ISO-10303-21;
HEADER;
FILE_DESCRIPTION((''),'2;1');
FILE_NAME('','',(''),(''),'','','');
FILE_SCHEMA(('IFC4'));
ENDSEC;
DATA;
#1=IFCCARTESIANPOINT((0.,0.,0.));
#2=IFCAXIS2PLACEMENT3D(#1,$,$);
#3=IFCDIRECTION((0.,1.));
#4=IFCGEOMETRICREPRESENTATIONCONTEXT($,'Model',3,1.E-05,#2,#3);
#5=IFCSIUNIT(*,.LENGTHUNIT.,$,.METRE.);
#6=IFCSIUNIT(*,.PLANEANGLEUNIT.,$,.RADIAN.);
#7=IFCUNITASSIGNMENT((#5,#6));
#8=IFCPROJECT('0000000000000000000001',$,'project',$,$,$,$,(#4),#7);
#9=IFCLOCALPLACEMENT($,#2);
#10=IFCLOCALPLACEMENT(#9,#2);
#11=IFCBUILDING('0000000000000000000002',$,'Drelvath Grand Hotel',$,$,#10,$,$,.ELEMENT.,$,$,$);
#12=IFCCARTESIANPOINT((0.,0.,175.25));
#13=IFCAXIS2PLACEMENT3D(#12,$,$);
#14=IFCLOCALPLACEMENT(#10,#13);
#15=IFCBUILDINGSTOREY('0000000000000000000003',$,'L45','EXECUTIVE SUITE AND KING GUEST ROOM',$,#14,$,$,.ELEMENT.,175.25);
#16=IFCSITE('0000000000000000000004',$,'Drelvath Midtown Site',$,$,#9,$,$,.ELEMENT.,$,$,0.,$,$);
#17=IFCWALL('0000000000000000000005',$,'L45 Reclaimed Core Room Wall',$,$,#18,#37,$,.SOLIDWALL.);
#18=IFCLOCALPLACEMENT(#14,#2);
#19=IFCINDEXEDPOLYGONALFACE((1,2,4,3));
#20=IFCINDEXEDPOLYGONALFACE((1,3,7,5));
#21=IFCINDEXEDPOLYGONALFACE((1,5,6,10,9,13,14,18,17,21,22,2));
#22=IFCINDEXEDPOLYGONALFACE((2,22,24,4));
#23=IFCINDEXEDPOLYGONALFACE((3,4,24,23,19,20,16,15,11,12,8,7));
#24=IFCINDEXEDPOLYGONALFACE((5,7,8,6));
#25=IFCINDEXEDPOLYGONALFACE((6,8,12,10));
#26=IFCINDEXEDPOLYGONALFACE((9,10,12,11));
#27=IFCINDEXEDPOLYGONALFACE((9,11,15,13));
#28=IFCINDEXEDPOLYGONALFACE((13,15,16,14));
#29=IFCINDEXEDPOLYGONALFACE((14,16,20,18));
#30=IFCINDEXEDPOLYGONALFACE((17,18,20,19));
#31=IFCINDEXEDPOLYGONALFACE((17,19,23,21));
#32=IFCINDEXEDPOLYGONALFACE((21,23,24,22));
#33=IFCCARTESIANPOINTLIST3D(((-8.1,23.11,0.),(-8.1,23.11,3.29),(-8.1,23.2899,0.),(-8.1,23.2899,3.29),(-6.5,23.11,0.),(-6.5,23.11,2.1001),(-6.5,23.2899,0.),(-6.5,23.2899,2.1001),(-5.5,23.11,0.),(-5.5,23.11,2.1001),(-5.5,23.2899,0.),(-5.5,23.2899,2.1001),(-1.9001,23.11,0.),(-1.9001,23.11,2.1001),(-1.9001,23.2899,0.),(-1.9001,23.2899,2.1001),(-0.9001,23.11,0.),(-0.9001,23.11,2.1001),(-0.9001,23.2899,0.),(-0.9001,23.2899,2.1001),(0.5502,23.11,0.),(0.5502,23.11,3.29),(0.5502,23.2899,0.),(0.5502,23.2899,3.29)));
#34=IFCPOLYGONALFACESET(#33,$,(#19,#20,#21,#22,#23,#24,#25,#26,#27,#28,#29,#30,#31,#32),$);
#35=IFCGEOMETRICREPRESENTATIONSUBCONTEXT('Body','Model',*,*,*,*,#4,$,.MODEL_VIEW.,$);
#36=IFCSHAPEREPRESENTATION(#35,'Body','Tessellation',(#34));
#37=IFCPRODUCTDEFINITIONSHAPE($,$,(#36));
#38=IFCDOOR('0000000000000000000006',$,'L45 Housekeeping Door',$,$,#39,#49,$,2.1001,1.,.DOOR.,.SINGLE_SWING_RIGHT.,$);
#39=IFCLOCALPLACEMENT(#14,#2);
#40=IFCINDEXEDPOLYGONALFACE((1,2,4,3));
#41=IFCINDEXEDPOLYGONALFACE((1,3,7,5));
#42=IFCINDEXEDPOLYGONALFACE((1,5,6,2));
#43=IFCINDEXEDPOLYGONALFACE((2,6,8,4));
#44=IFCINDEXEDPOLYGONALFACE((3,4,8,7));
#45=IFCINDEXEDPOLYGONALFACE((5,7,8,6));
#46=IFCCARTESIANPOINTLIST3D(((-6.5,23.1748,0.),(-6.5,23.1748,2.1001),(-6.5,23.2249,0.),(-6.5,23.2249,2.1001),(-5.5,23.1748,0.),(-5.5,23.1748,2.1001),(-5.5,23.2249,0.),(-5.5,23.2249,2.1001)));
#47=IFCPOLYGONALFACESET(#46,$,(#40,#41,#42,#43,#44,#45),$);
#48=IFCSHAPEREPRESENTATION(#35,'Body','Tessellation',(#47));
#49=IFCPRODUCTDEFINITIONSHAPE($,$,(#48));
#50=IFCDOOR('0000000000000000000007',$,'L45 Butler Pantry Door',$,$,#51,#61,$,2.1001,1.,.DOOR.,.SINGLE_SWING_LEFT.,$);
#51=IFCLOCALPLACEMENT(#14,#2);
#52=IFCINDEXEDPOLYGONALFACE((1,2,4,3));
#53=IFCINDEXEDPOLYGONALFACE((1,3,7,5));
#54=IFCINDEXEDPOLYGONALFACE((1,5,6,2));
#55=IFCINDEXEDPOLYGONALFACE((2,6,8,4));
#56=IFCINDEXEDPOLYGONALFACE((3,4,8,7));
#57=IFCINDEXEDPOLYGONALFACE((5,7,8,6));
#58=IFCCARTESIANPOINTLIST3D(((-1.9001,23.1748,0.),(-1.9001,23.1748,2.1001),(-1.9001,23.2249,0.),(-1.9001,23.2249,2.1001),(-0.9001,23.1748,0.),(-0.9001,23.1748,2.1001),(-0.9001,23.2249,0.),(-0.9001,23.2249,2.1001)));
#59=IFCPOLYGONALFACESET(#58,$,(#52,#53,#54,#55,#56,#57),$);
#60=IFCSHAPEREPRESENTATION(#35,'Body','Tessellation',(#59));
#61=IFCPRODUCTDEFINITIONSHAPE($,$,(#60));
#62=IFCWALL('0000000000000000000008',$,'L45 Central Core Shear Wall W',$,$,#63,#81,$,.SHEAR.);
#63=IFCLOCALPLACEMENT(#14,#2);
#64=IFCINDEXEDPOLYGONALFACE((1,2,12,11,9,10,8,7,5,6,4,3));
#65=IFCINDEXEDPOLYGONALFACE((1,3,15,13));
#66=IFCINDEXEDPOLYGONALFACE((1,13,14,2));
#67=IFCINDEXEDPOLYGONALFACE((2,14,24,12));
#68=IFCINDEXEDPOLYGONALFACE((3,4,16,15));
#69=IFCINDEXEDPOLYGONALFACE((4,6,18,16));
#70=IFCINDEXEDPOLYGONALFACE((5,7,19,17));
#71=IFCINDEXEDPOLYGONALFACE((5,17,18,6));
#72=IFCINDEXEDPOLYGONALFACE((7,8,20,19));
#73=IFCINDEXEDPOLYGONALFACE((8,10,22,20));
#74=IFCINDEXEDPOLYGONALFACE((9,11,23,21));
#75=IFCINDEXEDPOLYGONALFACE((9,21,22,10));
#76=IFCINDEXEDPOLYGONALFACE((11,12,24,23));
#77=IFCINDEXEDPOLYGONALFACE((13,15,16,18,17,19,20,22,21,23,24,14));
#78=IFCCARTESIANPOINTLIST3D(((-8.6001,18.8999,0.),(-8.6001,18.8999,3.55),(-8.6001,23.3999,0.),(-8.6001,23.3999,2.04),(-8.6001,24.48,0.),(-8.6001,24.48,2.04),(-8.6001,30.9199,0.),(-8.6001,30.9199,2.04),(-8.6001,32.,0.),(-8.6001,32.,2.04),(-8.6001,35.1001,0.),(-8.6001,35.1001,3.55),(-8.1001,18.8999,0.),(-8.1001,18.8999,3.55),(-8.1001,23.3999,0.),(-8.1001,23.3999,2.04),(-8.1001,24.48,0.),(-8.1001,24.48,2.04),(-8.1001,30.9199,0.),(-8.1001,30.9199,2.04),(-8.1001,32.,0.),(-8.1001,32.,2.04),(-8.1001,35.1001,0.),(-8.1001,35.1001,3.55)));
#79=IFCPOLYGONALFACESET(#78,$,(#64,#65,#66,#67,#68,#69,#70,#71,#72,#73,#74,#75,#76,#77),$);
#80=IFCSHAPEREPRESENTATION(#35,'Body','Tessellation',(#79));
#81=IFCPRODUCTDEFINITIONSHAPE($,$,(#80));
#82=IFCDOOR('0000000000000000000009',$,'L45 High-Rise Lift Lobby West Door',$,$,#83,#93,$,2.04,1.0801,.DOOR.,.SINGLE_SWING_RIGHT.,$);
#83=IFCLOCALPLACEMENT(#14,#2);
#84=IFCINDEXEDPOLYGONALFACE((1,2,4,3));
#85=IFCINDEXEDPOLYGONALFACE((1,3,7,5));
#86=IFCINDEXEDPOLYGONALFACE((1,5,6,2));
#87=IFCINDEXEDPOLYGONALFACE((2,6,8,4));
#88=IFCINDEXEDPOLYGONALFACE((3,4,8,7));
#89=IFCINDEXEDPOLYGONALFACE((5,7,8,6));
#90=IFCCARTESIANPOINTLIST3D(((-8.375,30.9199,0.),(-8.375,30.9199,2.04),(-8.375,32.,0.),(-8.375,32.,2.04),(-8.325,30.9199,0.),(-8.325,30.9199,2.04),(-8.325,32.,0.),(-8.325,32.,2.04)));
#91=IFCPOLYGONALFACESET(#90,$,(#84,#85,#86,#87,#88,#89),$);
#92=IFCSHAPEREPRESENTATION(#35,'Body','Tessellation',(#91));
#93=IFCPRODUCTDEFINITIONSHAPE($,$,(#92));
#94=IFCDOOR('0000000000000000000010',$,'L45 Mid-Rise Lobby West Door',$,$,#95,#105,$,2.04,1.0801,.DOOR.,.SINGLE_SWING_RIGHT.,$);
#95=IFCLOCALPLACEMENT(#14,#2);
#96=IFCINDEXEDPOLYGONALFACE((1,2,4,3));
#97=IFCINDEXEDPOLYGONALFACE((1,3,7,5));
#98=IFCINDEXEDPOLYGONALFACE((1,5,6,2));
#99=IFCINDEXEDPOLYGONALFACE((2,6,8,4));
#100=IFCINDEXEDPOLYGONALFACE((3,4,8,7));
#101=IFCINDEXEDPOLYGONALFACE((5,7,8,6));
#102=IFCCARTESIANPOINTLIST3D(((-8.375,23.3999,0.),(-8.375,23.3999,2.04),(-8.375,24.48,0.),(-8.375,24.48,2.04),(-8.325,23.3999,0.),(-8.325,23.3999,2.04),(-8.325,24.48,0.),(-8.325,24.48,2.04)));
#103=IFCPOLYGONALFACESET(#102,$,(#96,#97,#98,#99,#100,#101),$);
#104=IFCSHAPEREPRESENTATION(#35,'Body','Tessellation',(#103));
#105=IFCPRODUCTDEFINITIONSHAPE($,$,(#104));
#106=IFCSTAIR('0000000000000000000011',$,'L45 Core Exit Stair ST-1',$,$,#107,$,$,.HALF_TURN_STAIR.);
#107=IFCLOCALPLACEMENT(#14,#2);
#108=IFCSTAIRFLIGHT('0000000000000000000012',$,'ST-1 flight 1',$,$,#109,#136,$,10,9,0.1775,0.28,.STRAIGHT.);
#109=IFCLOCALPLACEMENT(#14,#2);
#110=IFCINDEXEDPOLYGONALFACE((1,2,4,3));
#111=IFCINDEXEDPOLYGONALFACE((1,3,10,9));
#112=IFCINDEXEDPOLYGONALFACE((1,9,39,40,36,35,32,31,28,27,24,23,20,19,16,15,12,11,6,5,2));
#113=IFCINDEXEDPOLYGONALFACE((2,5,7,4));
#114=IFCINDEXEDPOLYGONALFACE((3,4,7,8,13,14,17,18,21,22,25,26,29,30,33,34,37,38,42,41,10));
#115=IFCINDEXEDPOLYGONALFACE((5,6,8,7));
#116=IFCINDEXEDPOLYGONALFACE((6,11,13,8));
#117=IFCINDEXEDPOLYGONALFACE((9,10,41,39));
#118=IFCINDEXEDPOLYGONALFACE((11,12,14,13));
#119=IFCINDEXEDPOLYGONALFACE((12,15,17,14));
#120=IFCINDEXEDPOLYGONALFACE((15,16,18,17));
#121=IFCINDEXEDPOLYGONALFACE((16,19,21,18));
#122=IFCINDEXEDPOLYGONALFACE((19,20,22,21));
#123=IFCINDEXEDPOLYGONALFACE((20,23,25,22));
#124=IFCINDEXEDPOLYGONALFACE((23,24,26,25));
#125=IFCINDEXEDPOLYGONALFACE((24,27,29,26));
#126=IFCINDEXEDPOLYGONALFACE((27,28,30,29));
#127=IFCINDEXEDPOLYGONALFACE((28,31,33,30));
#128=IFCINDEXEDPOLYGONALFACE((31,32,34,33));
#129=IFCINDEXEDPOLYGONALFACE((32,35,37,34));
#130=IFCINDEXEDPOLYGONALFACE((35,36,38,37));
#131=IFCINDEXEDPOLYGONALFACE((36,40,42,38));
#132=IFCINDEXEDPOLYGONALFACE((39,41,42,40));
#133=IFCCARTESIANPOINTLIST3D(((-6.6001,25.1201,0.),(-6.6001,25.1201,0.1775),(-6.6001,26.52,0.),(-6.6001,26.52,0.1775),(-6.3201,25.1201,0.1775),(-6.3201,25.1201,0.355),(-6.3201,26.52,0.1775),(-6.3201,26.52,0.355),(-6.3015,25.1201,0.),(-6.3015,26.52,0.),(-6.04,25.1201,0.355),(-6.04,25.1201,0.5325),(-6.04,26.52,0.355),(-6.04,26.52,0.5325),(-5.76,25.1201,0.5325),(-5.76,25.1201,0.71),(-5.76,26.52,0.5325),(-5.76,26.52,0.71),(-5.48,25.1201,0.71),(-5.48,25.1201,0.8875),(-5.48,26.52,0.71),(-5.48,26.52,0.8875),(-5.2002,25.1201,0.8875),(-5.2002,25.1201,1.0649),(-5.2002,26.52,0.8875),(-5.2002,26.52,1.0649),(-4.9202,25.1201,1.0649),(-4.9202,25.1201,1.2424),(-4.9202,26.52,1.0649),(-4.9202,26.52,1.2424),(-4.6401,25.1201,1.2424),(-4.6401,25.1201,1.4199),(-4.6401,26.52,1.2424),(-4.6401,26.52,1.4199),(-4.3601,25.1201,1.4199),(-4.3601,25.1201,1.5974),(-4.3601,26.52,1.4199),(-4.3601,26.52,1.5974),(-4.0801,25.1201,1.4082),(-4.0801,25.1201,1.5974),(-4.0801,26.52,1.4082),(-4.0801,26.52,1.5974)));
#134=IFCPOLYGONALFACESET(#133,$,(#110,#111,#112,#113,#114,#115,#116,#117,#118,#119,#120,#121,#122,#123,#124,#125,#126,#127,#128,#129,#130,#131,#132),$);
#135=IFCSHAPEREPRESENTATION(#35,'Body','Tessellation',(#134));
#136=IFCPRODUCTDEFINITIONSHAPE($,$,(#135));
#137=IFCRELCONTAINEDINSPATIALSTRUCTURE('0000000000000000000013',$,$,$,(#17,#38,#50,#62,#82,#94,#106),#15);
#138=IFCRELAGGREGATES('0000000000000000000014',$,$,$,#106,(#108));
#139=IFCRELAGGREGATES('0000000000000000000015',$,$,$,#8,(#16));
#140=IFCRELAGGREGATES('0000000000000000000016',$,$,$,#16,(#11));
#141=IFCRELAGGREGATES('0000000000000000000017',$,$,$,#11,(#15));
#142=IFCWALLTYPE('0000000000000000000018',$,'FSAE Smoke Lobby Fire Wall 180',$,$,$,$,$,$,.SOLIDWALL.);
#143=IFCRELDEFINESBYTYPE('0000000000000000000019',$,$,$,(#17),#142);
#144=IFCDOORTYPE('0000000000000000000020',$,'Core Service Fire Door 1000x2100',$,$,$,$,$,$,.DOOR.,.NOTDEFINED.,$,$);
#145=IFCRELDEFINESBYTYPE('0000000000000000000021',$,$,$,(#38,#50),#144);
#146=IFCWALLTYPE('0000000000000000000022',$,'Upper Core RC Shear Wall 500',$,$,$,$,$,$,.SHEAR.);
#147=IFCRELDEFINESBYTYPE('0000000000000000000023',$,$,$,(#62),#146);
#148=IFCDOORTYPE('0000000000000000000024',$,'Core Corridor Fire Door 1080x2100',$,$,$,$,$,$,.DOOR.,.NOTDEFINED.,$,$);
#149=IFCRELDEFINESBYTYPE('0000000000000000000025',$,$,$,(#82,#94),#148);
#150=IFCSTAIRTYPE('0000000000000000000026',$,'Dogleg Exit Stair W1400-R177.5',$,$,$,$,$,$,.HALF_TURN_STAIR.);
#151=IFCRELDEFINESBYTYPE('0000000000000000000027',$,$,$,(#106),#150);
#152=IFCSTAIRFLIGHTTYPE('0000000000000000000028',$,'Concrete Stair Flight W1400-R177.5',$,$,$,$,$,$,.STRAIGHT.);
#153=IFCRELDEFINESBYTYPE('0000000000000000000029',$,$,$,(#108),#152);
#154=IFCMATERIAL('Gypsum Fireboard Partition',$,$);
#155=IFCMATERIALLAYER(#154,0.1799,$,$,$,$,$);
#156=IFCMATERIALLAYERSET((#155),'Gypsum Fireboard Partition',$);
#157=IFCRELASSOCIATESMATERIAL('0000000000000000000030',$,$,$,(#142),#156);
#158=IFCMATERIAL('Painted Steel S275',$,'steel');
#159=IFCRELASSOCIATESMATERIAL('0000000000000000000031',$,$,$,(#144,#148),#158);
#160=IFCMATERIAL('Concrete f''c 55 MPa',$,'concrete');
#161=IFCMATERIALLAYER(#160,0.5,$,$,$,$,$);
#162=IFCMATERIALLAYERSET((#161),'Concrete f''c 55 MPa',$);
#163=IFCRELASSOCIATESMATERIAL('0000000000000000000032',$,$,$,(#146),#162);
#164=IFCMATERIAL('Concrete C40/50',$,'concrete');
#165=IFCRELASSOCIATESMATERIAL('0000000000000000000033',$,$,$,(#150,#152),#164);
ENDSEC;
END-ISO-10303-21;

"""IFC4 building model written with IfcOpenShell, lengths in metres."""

from ifc_helpers import new_model, si_unit, direction, frame, frame_2d, origin, place, context, subcontext, project, spatial, polyline, rectangle, outline, extrude, material, layer, layer_set, type_object, element, fill, aggregate, save


model = new_model("IFC4")

# Units and contexts
model_context = context("Model", 3, precision=1e-05, world=origin(), true_north=direction((0.0, 1.0)))
body_context = subcontext(model_context, "Body", "Model", "MODEL_VIEW")
ifc_project = project(units=[si_unit("LENGTHUNIT", "METRE"), si_unit("PLANEANGLEUNIT", "RADIAN")], contexts=[model_context])

# Site, building, storey
site_placement = place(None, origin())
site = spatial("IfcSite", under=ifc_project, at=site_placement, Name="Drelvath Midtown Site", CompositionType="ELEMENT", RefElevation=0.0)
building_placement = place(site_placement, origin())
building = spatial("IfcBuilding", under=site, at=building_placement, Name="Drelvath Grand Hotel", CompositionType="ELEMENT")
storey_placement = place(building_placement, frame((0.0, 0.0, 175.25)))
storey = spatial("IfcBuildingStorey", under=building, at=storey_placement, Name="L45", Description="EXECUTIVE SUITE AND KING GUEST ROOM", CompositionType="ELEMENT", Elevation=175.25)

# Shared definitions
ifc_material_1 = material(Name="Concrete f'c 55 MPa", Category="concrete")

# Shared definitions
ifc_material_2 = material(Name="Concrete C40/50", Category="concrete")
ifc_material_3 = material(Name="Painted Steel S275", Category="steel")
ifc_material_4 = material(Name="Gypsum Fireboard Partition")

# Walls, openings, doors
ifc_layer_1 = layer(ifc_material_4, 0.1799)
ifc_layer_set_1 = layer_set([ifc_layer_1], Name="Gypsum Fireboard Partition")
wall_type_1 = type_object("IfcWallType", Name="FSAE Smoke Lobby Fire Wall 180", PredefinedType="SOLIDWALL", material=ifc_layer_set_1)
wall_1_placement = place(storey_placement, frame((-8.1001, 23.2, 0.0), z_axis=(0.0, 0.0, 1.0), x_axis=(1.0, 0.0, 0.0)))
wall_1 = element("IfcWall", 1, at=wall_1_placement, inside=storey, type_object=wall_type_1, Name="L45 Reclaimed Core Room Wall", PredefinedType="SOLIDWALL", context=body_context, shape_type="SweptSolid", body=[
    extrude(rectangle(XDim=8.6501, YDim=0.1799, at=frame_2d((4.3252, 0.0))), origin(), (0.0, 0.0, 1.0), 3.29),
])
opening_1_placement = place(wall_1_placement, frame((1.6001, 0.0, 0.0)))
opening_1 = element("IfcOpeningElement", 2, at=opening_1_placement, cuts=wall_1, PredefinedType="OPENING", context=body_context, shape_type="SweptSolid", body=[
    extrude(rectangle(XDim=1.0, YDim=2.1001, at=frame_2d((0.5, 1.05))), frame((0.0, 0.0999, 0.0), z_axis=(0.0, -1.0, 0.0), x_axis=(1.0, 0.0, 0.0)), (0.0, 0.0, 1.0), 0.2),
])
opening_2_placement = place(wall_1_placement, frame((6.2, 0.0, 0.0)))
opening_2 = element("IfcOpeningElement", 3, at=opening_2_placement, cuts=wall_1, PredefinedType="OPENING", context=body_context, shape_type="SweptSolid", body=[
    extrude(rectangle(XDim=1.0, YDim=2.1001, at=frame_2d((0.5, 1.05))), frame((0.0, 0.0999, 0.0), z_axis=(0.0, -1.0, 0.0), x_axis=(1.0, 0.0, 0.0)), (0.0, 0.0, 1.0), 0.2),
])
door_type_1 = type_object("IfcDoorType", Name="Core Service Fire Door 1000x2100", OperationType="NOTDEFINED", PredefinedType="DOOR", material=ifc_material_3)
door_1_placement = place(opening_1_placement, origin())
door_1 = element("IfcDoor", 4, at=door_1_placement, inside=storey, type_object=door_type_1, Name="L45 Housekeeping Door", OperationType="SINGLE_SWING_RIGHT", OverallHeight=2.1001, OverallWidth=1.0, PredefinedType="DOOR", context=body_context, shape_type="SweptSolid", body=[
    extrude(rectangle(XDim=1.0, YDim=2.1001, at=frame_2d((0.5, 1.05))), frame((0.0, 0.0249, 0.0), z_axis=(0.0, -1.0, 0.0), x_axis=(1.0, 0.0, 0.0)), (0.0, 0.0, 1.0), 0.05),
])
fill(opening_1, door_1)
door_2_placement = place(opening_2_placement, origin())
door_2 = element("IfcDoor", 5, at=door_2_placement, inside=storey, type_object=door_type_1, Name="L45 Butler Pantry Door", OperationType="SINGLE_SWING_LEFT", OverallHeight=2.1001, OverallWidth=1.0, PredefinedType="DOOR", context=body_context, shape_type="SweptSolid", body=[
    extrude(rectangle(XDim=1.0, YDim=2.1001, at=frame_2d((0.5, 1.05))), frame((0.0, 0.0249, 0.0), z_axis=(0.0, -1.0, 0.0), x_axis=(1.0, 0.0, 0.0)), (0.0, 0.0, 1.0), 0.05),
])
fill(opening_2, door_2)
ifc_layer_2 = layer(ifc_material_1, 0.5)
ifc_layer_set_2 = layer_set([ifc_layer_2], Name="Concrete f'c 55 MPa")
wall_type_2 = type_object("IfcWallType", Name="Upper Core RC Shear Wall 500", PredefinedType="SHEAR", material=ifc_layer_set_2)
wall_2_placement = place(storey_placement, frame((-8.3501, 18.8999, 0.0), z_axis=(0.0, 0.0, 1.0), x_axis=(0.0, 1.0, 0.0)))
wall_2 = element("IfcWall", 6, at=wall_2_placement, inside=storey, type_object=wall_type_2, Name="L45 Central Core Shear Wall W", PredefinedType="SHEAR", context=body_context, shape_type="SweptSolid", body=[
    extrude(rectangle(XDim=16.2002, YDim=0.5, at=frame_2d((8.1001, 0.0))), origin(), (0.0, 0.0, 1.0), 3.55),
])
opening_3_placement = place(wall_2_placement, frame((12.02, 0.0, 0.0)))
opening_3 = element("IfcOpeningElement", 7, at=opening_3_placement, cuts=wall_2, PredefinedType="OPENING", context=body_context, shape_type="SweptSolid", body=[
    extrude(rectangle(XDim=1.0801, YDim=2.04, at=frame_2d((0.54, 1.02))), frame((0.0, 0.26, 0.0), z_axis=(0.0, -1.0, 0.0), x_axis=(1.0, 0.0, 0.0)), (0.0, 0.0, 1.0), 0.52),
])
opening_4_placement = place(wall_2_placement, frame((4.5, 0.0, 0.0)))
opening_4 = element("IfcOpeningElement", 8, at=opening_4_placement, cuts=wall_2, PredefinedType="OPENING", context=body_context, shape_type="SweptSolid", body=[
    extrude(rectangle(XDim=1.0801, YDim=2.04, at=frame_2d((0.54, 1.02))), frame((0.0, 0.26, 0.0), z_axis=(0.0, -1.0, 0.0), x_axis=(1.0, 0.0, 0.0)), (0.0, 0.0, 1.0), 0.52),
])
door_type_2 = type_object("IfcDoorType", Name="Core Corridor Fire Door 1080x2100", OperationType="NOTDEFINED", PredefinedType="DOOR", material=ifc_material_3)
door_3_placement = place(opening_3_placement, origin())
door_3 = element("IfcDoor", 9, at=door_3_placement, inside=storey, type_object=door_type_2, Name="L45 High-Rise Lift Lobby West Door", OperationType="SINGLE_SWING_RIGHT", OverallHeight=2.04, OverallWidth=1.0801, PredefinedType="DOOR", context=body_context, shape_type="SweptSolid", body=[
    extrude(rectangle(XDim=1.0801, YDim=2.04, at=frame_2d((0.54, 1.02))), frame((0.0, 0.0249, 0.0), z_axis=(0.0, -1.0, 0.0), x_axis=(1.0, 0.0, 0.0)), (0.0, 0.0, 1.0), 0.05),
])
fill(opening_3, door_3)
door_4_placement = place(opening_4_placement, origin())
door_4 = element("IfcDoor", 10, at=door_4_placement, inside=storey, type_object=door_type_2, Name="L45 Mid-Rise Lobby West Door", OperationType="SINGLE_SWING_RIGHT", OverallHeight=2.04, OverallWidth=1.0801, PredefinedType="DOOR", context=body_context, shape_type="SweptSolid", body=[
    extrude(rectangle(XDim=1.0801, YDim=2.04, at=frame_2d((0.54, 1.02))), frame((0.0, 0.0249, 0.0), z_axis=(0.0, -1.0, 0.0), x_axis=(1.0, 0.0, 0.0)), (0.0, 0.0, 1.0), 0.05),
])
fill(opening_4, door_4)

# Stair, stair flight
stair_type = type_object("IfcStairType", Name="Dogleg Exit Stair W1400-R177.5", PredefinedType="HALF_TURN_STAIR", material=ifc_material_2)
stair_placement = place(storey_placement, origin())
stair = element("IfcStair", 11, at=stair_placement, inside=storey, type_object=stair_type, Name="L45 Core Exit Stair ST-1", PredefinedType="HALF_TURN_STAIR")
stair_flight_type = type_object("IfcStairFlightType", Name="Concrete Stair Flight W1400-R177.5", PredefinedType="STRAIGHT", material=ifc_material_2)
stair_flight_placement = place(storey_placement, frame((-6.6001, 25.8201, 0.0), z_axis=(0.0, 0.0, 1.0), x_axis=(1.0, 0.0, 0.0)))
stair_flight = element("IfcStairFlight", 12, at=stair_flight_placement, type_object=stair_flight_type, Name="ST-1 flight 1", NumberOfRisers=10, NumberOfTreads=9, PredefinedType="STRAIGHT", RiserHeight=0.1775, TreadLength=0.28, context=body_context, shape_type="SweptSolid", body=[
    extrude(outline(polyline([(0.0, 0.0), (0.0, 0.1775), (0.28, 0.1775), (0.28, 0.355), (0.5601, 0.355), (0.5601, 0.5325), (0.8401, 0.5325), (0.8401, 0.71), (1.1201, 0.71), (1.1201, 0.8875), (1.3999, 0.8875), (1.3999, 1.0649), (1.6799, 1.0649), (1.6799, 1.2424), (1.96, 1.2424), (1.96, 1.4199), (2.24, 1.4199), (2.24, 1.5974), (2.52, 1.5974), (2.52, 1.7749), (2.52, 1.4082), (0.2986, 0.0), (0.0, 0.0)])), frame((0.0, 0.7, 0.0), z_axis=(0.0, -1.0, 0.0), x_axis=(1.0, 0.0, 0.0)), (0.0, 0.0, 1.0), 1.3999),
])
aggregate(stair, [stair_flight])

save(model, "model.ifc")
